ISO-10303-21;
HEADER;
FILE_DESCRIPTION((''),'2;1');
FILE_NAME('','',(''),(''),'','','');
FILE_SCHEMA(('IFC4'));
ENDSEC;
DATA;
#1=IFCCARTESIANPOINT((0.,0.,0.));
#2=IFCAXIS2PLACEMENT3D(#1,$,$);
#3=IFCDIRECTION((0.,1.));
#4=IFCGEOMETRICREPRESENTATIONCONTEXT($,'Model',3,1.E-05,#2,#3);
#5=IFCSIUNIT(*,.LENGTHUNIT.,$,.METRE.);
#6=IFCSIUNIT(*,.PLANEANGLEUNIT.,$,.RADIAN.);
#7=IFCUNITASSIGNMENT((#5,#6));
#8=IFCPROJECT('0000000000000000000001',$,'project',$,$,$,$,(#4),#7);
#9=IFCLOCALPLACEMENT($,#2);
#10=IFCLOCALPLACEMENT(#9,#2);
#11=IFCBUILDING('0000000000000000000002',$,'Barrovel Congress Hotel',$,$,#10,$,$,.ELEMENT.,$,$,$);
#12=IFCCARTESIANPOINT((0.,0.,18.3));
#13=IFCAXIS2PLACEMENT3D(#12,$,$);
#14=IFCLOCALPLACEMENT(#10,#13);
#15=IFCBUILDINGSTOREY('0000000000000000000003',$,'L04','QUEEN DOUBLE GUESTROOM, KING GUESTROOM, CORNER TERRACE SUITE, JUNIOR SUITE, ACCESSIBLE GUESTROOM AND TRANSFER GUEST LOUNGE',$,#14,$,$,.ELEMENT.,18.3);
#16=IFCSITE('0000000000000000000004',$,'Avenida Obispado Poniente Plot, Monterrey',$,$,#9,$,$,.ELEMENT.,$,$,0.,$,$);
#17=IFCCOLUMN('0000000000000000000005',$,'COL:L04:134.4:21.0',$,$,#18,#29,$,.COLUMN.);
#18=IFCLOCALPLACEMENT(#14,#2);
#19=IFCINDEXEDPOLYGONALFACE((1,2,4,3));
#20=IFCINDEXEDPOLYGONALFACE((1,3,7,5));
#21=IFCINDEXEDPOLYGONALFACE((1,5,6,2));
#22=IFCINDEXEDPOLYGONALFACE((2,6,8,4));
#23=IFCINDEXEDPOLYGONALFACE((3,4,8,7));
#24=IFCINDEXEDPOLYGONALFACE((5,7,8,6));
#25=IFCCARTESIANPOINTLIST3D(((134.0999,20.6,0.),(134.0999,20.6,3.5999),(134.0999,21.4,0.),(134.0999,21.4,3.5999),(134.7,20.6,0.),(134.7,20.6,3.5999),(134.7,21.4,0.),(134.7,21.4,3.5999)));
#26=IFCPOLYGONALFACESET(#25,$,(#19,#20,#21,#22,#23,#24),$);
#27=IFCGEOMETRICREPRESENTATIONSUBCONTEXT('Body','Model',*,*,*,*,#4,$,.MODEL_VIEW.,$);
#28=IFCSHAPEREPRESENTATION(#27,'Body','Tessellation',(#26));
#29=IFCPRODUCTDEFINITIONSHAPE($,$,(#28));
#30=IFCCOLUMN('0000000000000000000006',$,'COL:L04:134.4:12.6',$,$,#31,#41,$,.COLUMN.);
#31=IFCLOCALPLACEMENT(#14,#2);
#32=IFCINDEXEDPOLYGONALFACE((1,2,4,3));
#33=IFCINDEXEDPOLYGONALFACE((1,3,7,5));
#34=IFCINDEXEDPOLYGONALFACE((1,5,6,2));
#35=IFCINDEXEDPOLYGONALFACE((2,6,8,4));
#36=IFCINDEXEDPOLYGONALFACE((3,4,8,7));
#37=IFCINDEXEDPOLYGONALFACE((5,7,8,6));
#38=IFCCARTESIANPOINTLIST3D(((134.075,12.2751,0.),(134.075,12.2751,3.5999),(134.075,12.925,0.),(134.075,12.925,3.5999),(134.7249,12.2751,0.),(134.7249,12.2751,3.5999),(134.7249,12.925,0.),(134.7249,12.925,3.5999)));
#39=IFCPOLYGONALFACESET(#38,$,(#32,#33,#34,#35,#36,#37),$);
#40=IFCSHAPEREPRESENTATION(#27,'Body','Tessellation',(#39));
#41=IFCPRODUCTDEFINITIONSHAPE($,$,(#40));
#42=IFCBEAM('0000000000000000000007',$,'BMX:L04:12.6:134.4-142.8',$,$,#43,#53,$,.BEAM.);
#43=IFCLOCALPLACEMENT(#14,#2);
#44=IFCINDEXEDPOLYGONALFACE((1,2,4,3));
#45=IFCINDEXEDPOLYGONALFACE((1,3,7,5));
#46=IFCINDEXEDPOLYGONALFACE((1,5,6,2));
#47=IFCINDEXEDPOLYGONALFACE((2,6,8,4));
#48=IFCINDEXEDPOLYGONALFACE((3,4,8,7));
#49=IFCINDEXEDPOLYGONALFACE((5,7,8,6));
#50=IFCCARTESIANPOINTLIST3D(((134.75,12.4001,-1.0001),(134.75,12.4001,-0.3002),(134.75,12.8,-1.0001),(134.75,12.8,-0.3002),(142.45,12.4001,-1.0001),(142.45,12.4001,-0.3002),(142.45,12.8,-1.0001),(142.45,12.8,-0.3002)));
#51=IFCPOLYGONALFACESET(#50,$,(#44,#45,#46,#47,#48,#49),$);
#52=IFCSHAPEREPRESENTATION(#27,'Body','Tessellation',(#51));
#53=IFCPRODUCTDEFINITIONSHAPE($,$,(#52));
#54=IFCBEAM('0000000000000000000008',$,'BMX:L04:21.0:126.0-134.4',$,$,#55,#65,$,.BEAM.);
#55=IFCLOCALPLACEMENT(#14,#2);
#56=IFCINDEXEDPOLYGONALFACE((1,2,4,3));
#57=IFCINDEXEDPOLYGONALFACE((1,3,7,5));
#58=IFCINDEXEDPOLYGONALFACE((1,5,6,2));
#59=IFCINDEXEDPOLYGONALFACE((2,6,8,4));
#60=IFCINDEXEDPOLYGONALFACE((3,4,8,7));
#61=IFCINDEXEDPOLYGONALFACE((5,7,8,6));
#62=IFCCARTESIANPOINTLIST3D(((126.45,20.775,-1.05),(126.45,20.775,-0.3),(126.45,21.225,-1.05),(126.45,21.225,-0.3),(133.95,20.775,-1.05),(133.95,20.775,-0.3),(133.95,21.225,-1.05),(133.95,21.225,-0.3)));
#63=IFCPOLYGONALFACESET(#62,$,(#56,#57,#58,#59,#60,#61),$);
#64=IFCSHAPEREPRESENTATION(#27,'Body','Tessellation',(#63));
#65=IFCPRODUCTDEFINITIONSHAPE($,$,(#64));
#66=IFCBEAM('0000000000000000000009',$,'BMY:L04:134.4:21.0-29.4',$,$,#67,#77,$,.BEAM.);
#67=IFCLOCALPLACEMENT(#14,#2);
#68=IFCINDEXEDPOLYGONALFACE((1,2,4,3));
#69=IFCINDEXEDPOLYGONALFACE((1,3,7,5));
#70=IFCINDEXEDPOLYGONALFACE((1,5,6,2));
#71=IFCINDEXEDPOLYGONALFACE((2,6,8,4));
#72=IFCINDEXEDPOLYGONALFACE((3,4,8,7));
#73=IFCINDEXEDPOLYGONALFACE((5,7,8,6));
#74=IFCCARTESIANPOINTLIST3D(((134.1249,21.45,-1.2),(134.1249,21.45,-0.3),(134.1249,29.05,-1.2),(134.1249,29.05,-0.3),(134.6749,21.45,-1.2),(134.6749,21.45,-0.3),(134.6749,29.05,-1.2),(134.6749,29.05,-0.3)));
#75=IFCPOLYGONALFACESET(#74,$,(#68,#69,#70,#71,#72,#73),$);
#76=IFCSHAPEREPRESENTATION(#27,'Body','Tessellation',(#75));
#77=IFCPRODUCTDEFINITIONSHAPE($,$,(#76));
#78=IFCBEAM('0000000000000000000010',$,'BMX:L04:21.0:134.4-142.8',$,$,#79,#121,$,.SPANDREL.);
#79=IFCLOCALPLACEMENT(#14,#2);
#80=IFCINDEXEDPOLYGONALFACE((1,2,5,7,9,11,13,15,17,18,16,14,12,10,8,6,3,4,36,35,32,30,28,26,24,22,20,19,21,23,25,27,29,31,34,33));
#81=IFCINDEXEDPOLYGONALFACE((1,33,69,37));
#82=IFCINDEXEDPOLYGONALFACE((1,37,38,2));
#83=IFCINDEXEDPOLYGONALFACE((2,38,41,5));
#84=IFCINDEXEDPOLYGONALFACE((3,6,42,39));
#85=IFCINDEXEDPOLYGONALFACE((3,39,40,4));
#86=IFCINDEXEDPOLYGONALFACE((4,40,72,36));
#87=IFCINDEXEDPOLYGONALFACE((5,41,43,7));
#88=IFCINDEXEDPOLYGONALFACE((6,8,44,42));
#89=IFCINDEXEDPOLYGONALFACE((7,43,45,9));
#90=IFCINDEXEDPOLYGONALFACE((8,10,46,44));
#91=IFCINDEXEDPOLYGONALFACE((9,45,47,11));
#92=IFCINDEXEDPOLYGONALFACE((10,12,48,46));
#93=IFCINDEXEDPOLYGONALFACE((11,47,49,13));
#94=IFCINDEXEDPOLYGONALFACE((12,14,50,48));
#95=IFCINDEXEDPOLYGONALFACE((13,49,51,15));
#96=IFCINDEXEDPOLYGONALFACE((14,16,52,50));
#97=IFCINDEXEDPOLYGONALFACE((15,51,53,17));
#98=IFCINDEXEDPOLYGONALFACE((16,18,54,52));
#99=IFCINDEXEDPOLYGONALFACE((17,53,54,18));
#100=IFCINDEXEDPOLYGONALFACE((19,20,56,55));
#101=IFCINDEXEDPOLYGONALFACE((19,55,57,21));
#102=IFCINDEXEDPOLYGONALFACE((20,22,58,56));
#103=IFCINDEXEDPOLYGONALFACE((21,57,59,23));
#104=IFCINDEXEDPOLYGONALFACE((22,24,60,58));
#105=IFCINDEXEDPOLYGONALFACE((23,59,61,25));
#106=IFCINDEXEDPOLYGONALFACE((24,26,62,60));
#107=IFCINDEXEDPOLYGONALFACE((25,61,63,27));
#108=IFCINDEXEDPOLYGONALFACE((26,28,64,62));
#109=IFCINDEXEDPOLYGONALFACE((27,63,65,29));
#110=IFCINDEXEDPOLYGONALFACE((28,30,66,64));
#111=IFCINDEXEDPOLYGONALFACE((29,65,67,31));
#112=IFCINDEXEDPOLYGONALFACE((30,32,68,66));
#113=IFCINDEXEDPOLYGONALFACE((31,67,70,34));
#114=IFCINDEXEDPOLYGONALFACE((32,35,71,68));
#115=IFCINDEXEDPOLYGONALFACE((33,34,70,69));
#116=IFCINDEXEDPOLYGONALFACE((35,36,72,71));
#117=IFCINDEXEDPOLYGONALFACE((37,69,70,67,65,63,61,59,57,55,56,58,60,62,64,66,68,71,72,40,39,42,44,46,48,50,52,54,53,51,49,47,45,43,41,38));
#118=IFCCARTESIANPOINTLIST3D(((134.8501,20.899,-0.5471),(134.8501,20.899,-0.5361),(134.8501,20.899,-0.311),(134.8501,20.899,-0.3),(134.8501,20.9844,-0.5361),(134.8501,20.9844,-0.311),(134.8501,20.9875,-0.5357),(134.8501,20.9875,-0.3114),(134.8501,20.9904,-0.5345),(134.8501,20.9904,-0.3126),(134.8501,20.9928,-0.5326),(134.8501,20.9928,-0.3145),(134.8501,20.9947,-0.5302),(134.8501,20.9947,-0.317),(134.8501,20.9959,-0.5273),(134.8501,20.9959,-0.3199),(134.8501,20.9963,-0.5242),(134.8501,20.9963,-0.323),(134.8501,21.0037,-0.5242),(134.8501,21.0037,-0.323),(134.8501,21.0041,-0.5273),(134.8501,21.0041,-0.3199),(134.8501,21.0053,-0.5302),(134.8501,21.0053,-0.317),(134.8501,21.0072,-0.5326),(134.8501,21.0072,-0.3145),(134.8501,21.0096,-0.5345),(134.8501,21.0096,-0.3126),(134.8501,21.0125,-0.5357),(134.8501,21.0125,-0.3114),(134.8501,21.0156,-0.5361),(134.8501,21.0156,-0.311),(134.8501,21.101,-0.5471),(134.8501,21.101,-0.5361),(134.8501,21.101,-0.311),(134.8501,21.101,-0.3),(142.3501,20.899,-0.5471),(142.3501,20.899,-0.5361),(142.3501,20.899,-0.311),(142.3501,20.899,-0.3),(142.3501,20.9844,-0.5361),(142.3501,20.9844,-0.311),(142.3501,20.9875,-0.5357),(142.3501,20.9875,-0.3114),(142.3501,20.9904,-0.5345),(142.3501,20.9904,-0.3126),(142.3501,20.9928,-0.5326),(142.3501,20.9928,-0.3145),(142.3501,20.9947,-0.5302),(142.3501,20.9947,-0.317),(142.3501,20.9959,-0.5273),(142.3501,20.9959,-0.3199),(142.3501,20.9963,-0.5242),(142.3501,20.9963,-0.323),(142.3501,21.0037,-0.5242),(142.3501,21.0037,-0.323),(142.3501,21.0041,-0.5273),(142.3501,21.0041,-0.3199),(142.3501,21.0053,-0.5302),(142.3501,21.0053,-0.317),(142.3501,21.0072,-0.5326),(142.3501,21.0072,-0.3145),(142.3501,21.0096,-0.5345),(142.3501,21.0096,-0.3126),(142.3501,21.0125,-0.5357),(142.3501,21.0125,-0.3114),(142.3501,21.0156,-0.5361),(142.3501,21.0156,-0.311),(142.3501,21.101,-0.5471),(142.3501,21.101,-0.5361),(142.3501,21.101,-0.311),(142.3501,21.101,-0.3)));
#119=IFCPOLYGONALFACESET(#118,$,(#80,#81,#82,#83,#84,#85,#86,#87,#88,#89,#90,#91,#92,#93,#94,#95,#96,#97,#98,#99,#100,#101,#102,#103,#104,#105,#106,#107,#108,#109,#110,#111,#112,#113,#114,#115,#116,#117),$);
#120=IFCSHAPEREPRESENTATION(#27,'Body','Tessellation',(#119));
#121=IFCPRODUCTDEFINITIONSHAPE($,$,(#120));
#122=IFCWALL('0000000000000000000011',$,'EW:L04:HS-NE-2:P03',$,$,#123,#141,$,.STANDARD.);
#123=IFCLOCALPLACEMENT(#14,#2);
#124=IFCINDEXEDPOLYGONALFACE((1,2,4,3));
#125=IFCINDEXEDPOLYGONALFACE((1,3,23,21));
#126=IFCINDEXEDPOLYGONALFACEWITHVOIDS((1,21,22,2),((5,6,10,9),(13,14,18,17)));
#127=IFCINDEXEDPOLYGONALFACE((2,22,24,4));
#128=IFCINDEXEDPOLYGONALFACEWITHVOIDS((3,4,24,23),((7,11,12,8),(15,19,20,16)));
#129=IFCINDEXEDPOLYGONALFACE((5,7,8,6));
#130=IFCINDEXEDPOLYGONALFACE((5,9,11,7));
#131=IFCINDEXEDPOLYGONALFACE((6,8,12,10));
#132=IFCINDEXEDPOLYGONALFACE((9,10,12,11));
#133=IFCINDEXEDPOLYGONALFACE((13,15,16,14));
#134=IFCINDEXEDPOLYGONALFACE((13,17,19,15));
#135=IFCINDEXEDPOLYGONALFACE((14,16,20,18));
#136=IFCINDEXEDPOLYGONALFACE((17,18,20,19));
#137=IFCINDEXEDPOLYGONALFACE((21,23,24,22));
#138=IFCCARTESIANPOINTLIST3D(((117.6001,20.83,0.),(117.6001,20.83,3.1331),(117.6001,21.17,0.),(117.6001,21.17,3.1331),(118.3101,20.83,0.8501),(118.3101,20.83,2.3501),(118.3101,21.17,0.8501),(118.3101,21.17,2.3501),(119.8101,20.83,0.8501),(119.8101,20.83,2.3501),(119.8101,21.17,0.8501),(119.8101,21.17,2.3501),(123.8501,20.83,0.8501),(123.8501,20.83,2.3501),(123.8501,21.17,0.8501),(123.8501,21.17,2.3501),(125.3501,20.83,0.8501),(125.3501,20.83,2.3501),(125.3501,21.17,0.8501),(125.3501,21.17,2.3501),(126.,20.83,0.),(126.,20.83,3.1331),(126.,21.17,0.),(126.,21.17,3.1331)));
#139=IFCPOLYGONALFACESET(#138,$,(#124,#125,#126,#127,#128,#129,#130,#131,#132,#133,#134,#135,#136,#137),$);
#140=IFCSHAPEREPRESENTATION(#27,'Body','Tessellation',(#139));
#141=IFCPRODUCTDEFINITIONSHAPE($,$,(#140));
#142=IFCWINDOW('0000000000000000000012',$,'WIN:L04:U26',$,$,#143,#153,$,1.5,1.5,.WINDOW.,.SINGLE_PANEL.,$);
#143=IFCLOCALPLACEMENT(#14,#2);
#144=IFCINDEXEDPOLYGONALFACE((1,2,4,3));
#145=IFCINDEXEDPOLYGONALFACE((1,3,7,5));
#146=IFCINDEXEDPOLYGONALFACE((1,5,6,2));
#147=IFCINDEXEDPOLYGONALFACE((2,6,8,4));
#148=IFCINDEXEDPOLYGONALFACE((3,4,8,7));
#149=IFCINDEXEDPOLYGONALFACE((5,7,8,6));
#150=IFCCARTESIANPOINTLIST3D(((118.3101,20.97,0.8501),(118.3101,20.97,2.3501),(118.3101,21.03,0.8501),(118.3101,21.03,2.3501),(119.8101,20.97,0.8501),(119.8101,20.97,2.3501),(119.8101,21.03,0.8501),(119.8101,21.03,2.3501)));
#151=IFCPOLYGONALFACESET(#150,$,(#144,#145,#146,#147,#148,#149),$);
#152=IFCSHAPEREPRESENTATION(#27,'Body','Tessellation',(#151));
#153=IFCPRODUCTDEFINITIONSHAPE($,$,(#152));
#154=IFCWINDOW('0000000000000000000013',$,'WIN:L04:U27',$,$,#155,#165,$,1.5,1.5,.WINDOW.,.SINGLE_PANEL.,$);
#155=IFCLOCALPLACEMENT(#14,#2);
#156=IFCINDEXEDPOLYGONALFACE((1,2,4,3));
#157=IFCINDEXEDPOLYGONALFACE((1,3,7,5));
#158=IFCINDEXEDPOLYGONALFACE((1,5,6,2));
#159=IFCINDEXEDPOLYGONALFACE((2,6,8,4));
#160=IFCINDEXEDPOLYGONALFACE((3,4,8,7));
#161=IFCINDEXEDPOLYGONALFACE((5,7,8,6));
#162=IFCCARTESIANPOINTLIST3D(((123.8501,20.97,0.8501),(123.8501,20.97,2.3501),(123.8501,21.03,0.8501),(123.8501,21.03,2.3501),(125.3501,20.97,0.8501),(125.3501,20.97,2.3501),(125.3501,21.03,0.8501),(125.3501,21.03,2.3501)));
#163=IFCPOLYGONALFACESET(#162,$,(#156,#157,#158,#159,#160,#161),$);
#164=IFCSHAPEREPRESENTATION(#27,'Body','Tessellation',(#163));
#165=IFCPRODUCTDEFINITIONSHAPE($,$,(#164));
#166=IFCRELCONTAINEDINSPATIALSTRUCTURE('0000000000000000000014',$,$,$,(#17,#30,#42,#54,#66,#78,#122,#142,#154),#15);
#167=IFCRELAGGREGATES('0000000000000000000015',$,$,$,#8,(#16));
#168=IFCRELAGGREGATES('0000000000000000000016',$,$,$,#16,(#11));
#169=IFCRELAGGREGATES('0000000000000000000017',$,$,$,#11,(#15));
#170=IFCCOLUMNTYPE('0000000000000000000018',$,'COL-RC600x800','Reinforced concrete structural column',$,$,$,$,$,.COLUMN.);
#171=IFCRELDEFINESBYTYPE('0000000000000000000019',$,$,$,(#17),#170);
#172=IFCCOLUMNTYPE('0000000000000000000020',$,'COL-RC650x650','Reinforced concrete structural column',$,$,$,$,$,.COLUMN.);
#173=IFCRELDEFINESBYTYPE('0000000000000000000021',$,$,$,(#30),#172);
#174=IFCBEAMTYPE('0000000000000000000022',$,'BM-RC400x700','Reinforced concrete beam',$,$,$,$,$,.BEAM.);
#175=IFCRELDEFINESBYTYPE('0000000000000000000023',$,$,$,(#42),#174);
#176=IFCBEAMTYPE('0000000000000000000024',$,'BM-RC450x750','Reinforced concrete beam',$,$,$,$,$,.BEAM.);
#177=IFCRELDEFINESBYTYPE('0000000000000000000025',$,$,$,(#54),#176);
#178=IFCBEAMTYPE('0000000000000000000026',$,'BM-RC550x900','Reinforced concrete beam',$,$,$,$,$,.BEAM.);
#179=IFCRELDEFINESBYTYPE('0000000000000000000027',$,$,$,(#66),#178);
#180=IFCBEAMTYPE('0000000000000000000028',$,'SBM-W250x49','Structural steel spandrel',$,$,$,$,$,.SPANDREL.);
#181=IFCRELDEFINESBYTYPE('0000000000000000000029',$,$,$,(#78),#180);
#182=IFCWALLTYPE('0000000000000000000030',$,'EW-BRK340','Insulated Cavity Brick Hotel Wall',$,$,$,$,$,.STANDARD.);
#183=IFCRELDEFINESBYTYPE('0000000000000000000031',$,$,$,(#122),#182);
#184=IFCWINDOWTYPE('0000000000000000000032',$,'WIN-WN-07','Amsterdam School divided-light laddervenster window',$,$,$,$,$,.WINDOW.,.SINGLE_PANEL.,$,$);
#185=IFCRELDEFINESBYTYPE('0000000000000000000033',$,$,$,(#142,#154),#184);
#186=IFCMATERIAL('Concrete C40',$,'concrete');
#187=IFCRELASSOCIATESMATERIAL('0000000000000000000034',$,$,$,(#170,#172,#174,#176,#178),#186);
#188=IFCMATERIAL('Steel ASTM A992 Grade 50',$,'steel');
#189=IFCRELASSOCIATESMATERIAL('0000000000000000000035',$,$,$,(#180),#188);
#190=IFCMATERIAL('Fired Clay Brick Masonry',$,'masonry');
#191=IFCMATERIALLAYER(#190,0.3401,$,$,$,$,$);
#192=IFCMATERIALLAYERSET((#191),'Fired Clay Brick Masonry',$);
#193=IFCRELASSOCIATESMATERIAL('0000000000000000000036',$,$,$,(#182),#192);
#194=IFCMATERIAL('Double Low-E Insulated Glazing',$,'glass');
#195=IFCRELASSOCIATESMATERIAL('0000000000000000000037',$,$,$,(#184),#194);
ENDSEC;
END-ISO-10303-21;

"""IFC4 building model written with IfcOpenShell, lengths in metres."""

from ifc_helpers import new_model, si_unit, direction, frame, frame_2d, origin, origin_2d, place, context, subcontext, project, spatial, rectangle, i_section, extrude, material, layer, layer_set, material_profile, profile_set, type_object, element, fill, save


model = new_model("IFC4")

# Units and contexts
model_context = context("Model", 3, precision=1e-05, world=origin(), true_north=direction((0.0, 1.0)))
body_context = subcontext(model_context, "Body", "Model", "MODEL_VIEW")
ifc_project = project(units=[si_unit("LENGTHUNIT", "METRE"), si_unit("PLANEANGLEUNIT", "RADIAN")], contexts=[model_context])

# Site, building, storey
site_placement = place(None, origin())
site = spatial("IfcSite", under=ifc_project, at=site_placement, Name="Avenida Obispado Poniente Plot, Monterrey", CompositionType="ELEMENT", RefElevation=0.0)
building_placement = place(site_placement, origin())
building = spatial("IfcBuilding", under=site, at=building_placement, Name="Barrovel Congress Hotel", CompositionType="ELEMENT")
storey_placement = place(building_placement, frame((0.0, 0.0, 18.3)))
storey = spatial("IfcBuildingStorey", under=building, at=storey_placement, Name="L04", Description="QUEEN DOUBLE GUESTROOM, KING GUESTROOM, CORNER TERRACE SUITE, JUNIOR SUITE, ACCESSIBLE GUESTROOM AND TRANSFER GUEST LOUNGE", CompositionType="ELEMENT", Elevation=18.3)

# Columns
ifc_material_1 = material(Name="Concrete C40", Category="concrete")
ifc_material_profile_1 = material_profile(ifc_material_1, rectangle(XDim=0.6001, YDim=0.8, at=origin_2d()), Name="RC600x800")
ifc_profile_set_1 = profile_set([ifc_material_profile_1], Name="Concrete C40")
column_type_1 = type_object("IfcColumnType", Name="COL-RC600x800", Description="Reinforced concrete structural column", PredefinedType="COLUMN", material=ifc_profile_set_1)
column_1_placement = place(storey_placement, frame((134.3999, 21.0, 0.0), z_axis=(0.0, 0.0, 1.0), x_axis=(1.0, 0.0, 0.0)))
element("IfcColumn", 1, at=column_1_placement, inside=storey, type_object=column_type_1, Name="COL:L04:134.4:21.0", PredefinedType="COLUMN", context=body_context, shape_type="SweptSolid", body=[
    extrude(rectangle(XDim=0.6001, YDim=0.8, at=origin_2d()), origin(), (0.0, 0.0, 1.0), 3.5999),
])
ifc_material_profile_2 = material_profile(ifc_material_1, rectangle(XDim=0.6499, YDim=0.6499, at=origin_2d()), Name="RC650x650")
ifc_profile_set_2 = profile_set([ifc_material_profile_2], Name="Concrete C40")
column_type_2 = type_object("IfcColumnType", Name="COL-RC650x650", Description="Reinforced concrete structural column", PredefinedType="COLUMN", material=ifc_profile_set_2)
column_2_placement = place(storey_placement, frame((134.3999, 12.6001, 0.0), z_axis=(0.0, 0.0, 1.0), x_axis=(1.0, 0.0, 0.0)))
element("IfcColumn", 2, at=column_2_placement, inside=storey, type_object=column_type_2, Name="COL:L04:134.4:12.6", PredefinedType="COLUMN", context=body_context, shape_type="SweptSolid", body=[
    extrude(rectangle(XDim=0.6499, YDim=0.6499, at=origin_2d()), origin(), (0.0, 0.0, 1.0), 3.5999),
])

# Beams
ifc_material_profile_3 = material_profile(ifc_material_1, rectangle(XDim=0.3999, YDim=0.7, at=origin_2d()), Name="RC400x700")
ifc_profile_set_3 = profile_set([ifc_material_profile_3], Name="Concrete C40")
beam_type_1 = type_object("IfcBeamType", Name="BM-RC400x700", Description="Reinforced concrete beam", PredefinedType="BEAM", material=ifc_profile_set_3)
beam_1_placement = place(storey_placement, frame((134.75, 12.6001, -0.6501), z_axis=(1.0, 0.0, 0.0), x_axis=(0.0, 1.0, 0.0)))
element("IfcBeam", 3, at=beam_1_placement, inside=storey, type_object=beam_type_1, Name="BMX:L04:12.6:134.4-142.8", PredefinedType="BEAM", context=body_context, shape_type="SweptSolid", body=[
    extrude(rectangle(XDim=0.3999, YDim=0.7, at=origin_2d()), origin(), (0.0, 0.0, 1.0), 7.7),
])
ifc_material_profile_4 = material_profile(ifc_material_1, rectangle(XDim=0.45, YDim=0.75, at=origin_2d()), Name="RC450x750")
ifc_profile_set_4 = profile_set([ifc_material_profile_4], Name="Concrete C40")
beam_type_2 = type_object("IfcBeamType", Name="BM-RC450x750", Description="Reinforced concrete beam", PredefinedType="BEAM", material=ifc_profile_set_4)
beam_2_placement = place(storey_placement, frame((126.45, 21.0, -0.675), z_axis=(1.0, 0.0, 0.0), x_axis=(0.0, 1.0, 0.0)))
element("IfcBeam", 4, at=beam_2_placement, inside=storey, type_object=beam_type_2, Name="BMX:L04:21.0:126.0-134.4", PredefinedType="BEAM", context=body_context, shape_type="SweptSolid", body=[
    extrude(rectangle(XDim=0.45, YDim=0.75, at=origin_2d()), origin(), (0.0, 0.0, 1.0), 7.5),
])
ifc_material_profile_5 = material_profile(ifc_material_1, rectangle(XDim=0.55, YDim=0.8999, at=origin_2d()), Name="RC550x900")
ifc_profile_set_5 = profile_set([ifc_material_profile_5], Name="Concrete C40")
beam_type_3 = type_object("IfcBeamType", Name="BM-RC550x900", Description="Reinforced concrete beam", PredefinedType="BEAM", material=ifc_profile_set_5)
beam_3_placement = place(storey_placement, frame((134.3999, 21.45, -0.75), z_axis=(0.0, 1.0, 0.0), x_axis=(-1.0, 0.0, 0.0)))
element("IfcBeam", 5, at=beam_3_placement, inside=storey, type_object=beam_type_3, Name="BMY:L04:134.4:21.0-29.4", PredefinedType="BEAM", context=body_context, shape_type="SweptSolid", body=[
    extrude(rectangle(XDim=0.55, YDim=0.8999, at=origin_2d()), origin(), (0.0, 0.0, 1.0), 7.6001),
])
ifc_material_2 = material(Name="Steel ASTM A992 Grade 50", Category="steel")
ifc_material_profile_6 = material_profile(ifc_material_2, i_section(OverallWidth=0.2019, OverallDepth=0.2471, WebThickness=0.0073, FlangeThickness=0.011, FilletRadius=0.012, at=origin_2d()), Name="W250x49")
ifc_profile_set_6 = profile_set([ifc_material_profile_6], Name="Steel ASTM A992 Grade 50")
beam_type_4 = type_object("IfcBeamType", Name="SBM-W250x49", Description="Structural steel spandrel", PredefinedType="SPANDREL", material=ifc_profile_set_6)
beam_4_placement = place(storey_placement, frame((134.8501, 21.0, -0.4236), z_axis=(1.0, 0.0, 0.0), x_axis=(0.0, 1.0, 0.0)))
element("IfcBeam", 6, at=beam_4_placement, inside=storey, type_object=beam_type_4, Name="BMX:L04:21.0:134.4-142.8", PredefinedType="SPANDREL", context=body_context, shape_type="SweptSolid", body=[
    extrude(i_section(OverallWidth=0.2019, OverallDepth=0.2471, WebThickness=0.0073, FlangeThickness=0.011, FilletRadius=0.012, at=origin_2d()), origin(), (0.0, 0.0, 1.0), 7.5),
])

# Wall, openings, windows
ifc_material_3 = material(Name="Fired Clay Brick Masonry", Category="masonry")
ifc_layer_1 = layer(ifc_material_3, 0.3401)
ifc_layer_set_1 = layer_set([ifc_layer_1], Name="Fired Clay Brick Masonry")
wall_type_1 = type_object("IfcWallType", Name="EW-BRK340", Description="Insulated Cavity Brick Hotel Wall", PredefinedType="STANDARD", material=ifc_layer_set_1)
wall_1_placement = place(storey_placement, frame((126.0, 21.0, 0.0), z_axis=(0.0, 0.0, 1.0), x_axis=(-1.0, 0.0, 0.0)))
wall_1 = element("IfcWall", 7, at=wall_1_placement, inside=storey, type_object=wall_type_1, Name="EW:L04:HS-NE-2:P03", PredefinedType="STANDARD", context=body_context, shape_type="SweptSolid", body=[
    extrude(rectangle(XDim=8.3999, YDim=0.3401, at=frame_2d((4.2, 0.0))), origin(), (0.0, 0.0, 1.0), 3.1331),
])
opening_1_placement = place(wall_1_placement, frame((6.1899, 0.0, 0.8501)))
opening_1 = element("IfcOpeningElement", 8, at=opening_1_placement, cuts=wall_1, PredefinedType="OPENING", context=body_context, shape_type="SweptSolid", body=[
    extrude(rectangle(XDim=1.5, YDim=1.5, at=frame_2d((0.75, 0.75))), frame((0.0, 0.1802, 0.0), z_axis=(0.0, -1.0, 0.0), x_axis=(1.0, 0.0, 0.0)), (0.0, 0.0, 1.0), 0.3601),
])
opening_2_placement = place(wall_1_placement, frame((0.6499, 0.0, 0.8501)))
opening_2 = element("IfcOpeningElement", 9, at=opening_2_placement, cuts=wall_1, PredefinedType="OPENING", context=body_context, shape_type="SweptSolid", body=[
    extrude(rectangle(XDim=1.5, YDim=1.5, at=frame_2d((0.75, 0.75))), frame((0.0, 0.1802, 0.0), z_axis=(0.0, -1.0, 0.0), x_axis=(1.0, 0.0, 0.0)), (0.0, 0.0, 1.0), 0.3601),
])
ifc_material_4 = material(Name="Double Low-E Insulated Glazing", Category="glass")
window_type = type_object("IfcWindowType", Name="WIN-WN-07", Description="Amsterdam School divided-light laddervenster window", PartitioningType="SINGLE_PANEL", PredefinedType="WINDOW", material=ifc_material_4)
window_1_placement = place(opening_1_placement, origin())
window_1 = element("IfcWindow", 10, at=window_1_placement, inside=storey, type_object=window_type, Name="WIN:L04:U26", OverallHeight=1.5, OverallWidth=1.5, PartitioningType="SINGLE_PANEL", PredefinedType="WINDOW", context=body_context, shape_type="SweptSolid", body=[
    extrude(rectangle(XDim=1.5, YDim=1.5, at=frame_2d((0.75, 0.75))), frame((0.0, 0.03, 0.0), z_axis=(0.0, -1.0, 0.0), x_axis=(1.0, 0.0, 0.0)), (0.0, 0.0, 1.0), 0.0601),
])
fill(opening_1, window_1)
window_2_placement = place(opening_2_placement, origin())
window_2 = element("IfcWindow", 11, at=window_2_placement, inside=storey, type_object=window_type, Name="WIN:L04:U27", OverallHeight=1.5, OverallWidth=1.5, PartitioningType="SINGLE_PANEL", PredefinedType="WINDOW", context=body_context, shape_type="SweptSolid", body=[
    extrude(rectangle(XDim=1.5, YDim=1.5, at=frame_2d((0.75, 0.75))), frame((0.0, 0.03, 0.0), z_axis=(0.0, -1.0, 0.0), x_axis=(1.0, 0.0, 0.0)), (0.0, 0.0, 1.0), 0.0601),
])
fill(opening_2, window_2)

save(model, "model.ifc")
